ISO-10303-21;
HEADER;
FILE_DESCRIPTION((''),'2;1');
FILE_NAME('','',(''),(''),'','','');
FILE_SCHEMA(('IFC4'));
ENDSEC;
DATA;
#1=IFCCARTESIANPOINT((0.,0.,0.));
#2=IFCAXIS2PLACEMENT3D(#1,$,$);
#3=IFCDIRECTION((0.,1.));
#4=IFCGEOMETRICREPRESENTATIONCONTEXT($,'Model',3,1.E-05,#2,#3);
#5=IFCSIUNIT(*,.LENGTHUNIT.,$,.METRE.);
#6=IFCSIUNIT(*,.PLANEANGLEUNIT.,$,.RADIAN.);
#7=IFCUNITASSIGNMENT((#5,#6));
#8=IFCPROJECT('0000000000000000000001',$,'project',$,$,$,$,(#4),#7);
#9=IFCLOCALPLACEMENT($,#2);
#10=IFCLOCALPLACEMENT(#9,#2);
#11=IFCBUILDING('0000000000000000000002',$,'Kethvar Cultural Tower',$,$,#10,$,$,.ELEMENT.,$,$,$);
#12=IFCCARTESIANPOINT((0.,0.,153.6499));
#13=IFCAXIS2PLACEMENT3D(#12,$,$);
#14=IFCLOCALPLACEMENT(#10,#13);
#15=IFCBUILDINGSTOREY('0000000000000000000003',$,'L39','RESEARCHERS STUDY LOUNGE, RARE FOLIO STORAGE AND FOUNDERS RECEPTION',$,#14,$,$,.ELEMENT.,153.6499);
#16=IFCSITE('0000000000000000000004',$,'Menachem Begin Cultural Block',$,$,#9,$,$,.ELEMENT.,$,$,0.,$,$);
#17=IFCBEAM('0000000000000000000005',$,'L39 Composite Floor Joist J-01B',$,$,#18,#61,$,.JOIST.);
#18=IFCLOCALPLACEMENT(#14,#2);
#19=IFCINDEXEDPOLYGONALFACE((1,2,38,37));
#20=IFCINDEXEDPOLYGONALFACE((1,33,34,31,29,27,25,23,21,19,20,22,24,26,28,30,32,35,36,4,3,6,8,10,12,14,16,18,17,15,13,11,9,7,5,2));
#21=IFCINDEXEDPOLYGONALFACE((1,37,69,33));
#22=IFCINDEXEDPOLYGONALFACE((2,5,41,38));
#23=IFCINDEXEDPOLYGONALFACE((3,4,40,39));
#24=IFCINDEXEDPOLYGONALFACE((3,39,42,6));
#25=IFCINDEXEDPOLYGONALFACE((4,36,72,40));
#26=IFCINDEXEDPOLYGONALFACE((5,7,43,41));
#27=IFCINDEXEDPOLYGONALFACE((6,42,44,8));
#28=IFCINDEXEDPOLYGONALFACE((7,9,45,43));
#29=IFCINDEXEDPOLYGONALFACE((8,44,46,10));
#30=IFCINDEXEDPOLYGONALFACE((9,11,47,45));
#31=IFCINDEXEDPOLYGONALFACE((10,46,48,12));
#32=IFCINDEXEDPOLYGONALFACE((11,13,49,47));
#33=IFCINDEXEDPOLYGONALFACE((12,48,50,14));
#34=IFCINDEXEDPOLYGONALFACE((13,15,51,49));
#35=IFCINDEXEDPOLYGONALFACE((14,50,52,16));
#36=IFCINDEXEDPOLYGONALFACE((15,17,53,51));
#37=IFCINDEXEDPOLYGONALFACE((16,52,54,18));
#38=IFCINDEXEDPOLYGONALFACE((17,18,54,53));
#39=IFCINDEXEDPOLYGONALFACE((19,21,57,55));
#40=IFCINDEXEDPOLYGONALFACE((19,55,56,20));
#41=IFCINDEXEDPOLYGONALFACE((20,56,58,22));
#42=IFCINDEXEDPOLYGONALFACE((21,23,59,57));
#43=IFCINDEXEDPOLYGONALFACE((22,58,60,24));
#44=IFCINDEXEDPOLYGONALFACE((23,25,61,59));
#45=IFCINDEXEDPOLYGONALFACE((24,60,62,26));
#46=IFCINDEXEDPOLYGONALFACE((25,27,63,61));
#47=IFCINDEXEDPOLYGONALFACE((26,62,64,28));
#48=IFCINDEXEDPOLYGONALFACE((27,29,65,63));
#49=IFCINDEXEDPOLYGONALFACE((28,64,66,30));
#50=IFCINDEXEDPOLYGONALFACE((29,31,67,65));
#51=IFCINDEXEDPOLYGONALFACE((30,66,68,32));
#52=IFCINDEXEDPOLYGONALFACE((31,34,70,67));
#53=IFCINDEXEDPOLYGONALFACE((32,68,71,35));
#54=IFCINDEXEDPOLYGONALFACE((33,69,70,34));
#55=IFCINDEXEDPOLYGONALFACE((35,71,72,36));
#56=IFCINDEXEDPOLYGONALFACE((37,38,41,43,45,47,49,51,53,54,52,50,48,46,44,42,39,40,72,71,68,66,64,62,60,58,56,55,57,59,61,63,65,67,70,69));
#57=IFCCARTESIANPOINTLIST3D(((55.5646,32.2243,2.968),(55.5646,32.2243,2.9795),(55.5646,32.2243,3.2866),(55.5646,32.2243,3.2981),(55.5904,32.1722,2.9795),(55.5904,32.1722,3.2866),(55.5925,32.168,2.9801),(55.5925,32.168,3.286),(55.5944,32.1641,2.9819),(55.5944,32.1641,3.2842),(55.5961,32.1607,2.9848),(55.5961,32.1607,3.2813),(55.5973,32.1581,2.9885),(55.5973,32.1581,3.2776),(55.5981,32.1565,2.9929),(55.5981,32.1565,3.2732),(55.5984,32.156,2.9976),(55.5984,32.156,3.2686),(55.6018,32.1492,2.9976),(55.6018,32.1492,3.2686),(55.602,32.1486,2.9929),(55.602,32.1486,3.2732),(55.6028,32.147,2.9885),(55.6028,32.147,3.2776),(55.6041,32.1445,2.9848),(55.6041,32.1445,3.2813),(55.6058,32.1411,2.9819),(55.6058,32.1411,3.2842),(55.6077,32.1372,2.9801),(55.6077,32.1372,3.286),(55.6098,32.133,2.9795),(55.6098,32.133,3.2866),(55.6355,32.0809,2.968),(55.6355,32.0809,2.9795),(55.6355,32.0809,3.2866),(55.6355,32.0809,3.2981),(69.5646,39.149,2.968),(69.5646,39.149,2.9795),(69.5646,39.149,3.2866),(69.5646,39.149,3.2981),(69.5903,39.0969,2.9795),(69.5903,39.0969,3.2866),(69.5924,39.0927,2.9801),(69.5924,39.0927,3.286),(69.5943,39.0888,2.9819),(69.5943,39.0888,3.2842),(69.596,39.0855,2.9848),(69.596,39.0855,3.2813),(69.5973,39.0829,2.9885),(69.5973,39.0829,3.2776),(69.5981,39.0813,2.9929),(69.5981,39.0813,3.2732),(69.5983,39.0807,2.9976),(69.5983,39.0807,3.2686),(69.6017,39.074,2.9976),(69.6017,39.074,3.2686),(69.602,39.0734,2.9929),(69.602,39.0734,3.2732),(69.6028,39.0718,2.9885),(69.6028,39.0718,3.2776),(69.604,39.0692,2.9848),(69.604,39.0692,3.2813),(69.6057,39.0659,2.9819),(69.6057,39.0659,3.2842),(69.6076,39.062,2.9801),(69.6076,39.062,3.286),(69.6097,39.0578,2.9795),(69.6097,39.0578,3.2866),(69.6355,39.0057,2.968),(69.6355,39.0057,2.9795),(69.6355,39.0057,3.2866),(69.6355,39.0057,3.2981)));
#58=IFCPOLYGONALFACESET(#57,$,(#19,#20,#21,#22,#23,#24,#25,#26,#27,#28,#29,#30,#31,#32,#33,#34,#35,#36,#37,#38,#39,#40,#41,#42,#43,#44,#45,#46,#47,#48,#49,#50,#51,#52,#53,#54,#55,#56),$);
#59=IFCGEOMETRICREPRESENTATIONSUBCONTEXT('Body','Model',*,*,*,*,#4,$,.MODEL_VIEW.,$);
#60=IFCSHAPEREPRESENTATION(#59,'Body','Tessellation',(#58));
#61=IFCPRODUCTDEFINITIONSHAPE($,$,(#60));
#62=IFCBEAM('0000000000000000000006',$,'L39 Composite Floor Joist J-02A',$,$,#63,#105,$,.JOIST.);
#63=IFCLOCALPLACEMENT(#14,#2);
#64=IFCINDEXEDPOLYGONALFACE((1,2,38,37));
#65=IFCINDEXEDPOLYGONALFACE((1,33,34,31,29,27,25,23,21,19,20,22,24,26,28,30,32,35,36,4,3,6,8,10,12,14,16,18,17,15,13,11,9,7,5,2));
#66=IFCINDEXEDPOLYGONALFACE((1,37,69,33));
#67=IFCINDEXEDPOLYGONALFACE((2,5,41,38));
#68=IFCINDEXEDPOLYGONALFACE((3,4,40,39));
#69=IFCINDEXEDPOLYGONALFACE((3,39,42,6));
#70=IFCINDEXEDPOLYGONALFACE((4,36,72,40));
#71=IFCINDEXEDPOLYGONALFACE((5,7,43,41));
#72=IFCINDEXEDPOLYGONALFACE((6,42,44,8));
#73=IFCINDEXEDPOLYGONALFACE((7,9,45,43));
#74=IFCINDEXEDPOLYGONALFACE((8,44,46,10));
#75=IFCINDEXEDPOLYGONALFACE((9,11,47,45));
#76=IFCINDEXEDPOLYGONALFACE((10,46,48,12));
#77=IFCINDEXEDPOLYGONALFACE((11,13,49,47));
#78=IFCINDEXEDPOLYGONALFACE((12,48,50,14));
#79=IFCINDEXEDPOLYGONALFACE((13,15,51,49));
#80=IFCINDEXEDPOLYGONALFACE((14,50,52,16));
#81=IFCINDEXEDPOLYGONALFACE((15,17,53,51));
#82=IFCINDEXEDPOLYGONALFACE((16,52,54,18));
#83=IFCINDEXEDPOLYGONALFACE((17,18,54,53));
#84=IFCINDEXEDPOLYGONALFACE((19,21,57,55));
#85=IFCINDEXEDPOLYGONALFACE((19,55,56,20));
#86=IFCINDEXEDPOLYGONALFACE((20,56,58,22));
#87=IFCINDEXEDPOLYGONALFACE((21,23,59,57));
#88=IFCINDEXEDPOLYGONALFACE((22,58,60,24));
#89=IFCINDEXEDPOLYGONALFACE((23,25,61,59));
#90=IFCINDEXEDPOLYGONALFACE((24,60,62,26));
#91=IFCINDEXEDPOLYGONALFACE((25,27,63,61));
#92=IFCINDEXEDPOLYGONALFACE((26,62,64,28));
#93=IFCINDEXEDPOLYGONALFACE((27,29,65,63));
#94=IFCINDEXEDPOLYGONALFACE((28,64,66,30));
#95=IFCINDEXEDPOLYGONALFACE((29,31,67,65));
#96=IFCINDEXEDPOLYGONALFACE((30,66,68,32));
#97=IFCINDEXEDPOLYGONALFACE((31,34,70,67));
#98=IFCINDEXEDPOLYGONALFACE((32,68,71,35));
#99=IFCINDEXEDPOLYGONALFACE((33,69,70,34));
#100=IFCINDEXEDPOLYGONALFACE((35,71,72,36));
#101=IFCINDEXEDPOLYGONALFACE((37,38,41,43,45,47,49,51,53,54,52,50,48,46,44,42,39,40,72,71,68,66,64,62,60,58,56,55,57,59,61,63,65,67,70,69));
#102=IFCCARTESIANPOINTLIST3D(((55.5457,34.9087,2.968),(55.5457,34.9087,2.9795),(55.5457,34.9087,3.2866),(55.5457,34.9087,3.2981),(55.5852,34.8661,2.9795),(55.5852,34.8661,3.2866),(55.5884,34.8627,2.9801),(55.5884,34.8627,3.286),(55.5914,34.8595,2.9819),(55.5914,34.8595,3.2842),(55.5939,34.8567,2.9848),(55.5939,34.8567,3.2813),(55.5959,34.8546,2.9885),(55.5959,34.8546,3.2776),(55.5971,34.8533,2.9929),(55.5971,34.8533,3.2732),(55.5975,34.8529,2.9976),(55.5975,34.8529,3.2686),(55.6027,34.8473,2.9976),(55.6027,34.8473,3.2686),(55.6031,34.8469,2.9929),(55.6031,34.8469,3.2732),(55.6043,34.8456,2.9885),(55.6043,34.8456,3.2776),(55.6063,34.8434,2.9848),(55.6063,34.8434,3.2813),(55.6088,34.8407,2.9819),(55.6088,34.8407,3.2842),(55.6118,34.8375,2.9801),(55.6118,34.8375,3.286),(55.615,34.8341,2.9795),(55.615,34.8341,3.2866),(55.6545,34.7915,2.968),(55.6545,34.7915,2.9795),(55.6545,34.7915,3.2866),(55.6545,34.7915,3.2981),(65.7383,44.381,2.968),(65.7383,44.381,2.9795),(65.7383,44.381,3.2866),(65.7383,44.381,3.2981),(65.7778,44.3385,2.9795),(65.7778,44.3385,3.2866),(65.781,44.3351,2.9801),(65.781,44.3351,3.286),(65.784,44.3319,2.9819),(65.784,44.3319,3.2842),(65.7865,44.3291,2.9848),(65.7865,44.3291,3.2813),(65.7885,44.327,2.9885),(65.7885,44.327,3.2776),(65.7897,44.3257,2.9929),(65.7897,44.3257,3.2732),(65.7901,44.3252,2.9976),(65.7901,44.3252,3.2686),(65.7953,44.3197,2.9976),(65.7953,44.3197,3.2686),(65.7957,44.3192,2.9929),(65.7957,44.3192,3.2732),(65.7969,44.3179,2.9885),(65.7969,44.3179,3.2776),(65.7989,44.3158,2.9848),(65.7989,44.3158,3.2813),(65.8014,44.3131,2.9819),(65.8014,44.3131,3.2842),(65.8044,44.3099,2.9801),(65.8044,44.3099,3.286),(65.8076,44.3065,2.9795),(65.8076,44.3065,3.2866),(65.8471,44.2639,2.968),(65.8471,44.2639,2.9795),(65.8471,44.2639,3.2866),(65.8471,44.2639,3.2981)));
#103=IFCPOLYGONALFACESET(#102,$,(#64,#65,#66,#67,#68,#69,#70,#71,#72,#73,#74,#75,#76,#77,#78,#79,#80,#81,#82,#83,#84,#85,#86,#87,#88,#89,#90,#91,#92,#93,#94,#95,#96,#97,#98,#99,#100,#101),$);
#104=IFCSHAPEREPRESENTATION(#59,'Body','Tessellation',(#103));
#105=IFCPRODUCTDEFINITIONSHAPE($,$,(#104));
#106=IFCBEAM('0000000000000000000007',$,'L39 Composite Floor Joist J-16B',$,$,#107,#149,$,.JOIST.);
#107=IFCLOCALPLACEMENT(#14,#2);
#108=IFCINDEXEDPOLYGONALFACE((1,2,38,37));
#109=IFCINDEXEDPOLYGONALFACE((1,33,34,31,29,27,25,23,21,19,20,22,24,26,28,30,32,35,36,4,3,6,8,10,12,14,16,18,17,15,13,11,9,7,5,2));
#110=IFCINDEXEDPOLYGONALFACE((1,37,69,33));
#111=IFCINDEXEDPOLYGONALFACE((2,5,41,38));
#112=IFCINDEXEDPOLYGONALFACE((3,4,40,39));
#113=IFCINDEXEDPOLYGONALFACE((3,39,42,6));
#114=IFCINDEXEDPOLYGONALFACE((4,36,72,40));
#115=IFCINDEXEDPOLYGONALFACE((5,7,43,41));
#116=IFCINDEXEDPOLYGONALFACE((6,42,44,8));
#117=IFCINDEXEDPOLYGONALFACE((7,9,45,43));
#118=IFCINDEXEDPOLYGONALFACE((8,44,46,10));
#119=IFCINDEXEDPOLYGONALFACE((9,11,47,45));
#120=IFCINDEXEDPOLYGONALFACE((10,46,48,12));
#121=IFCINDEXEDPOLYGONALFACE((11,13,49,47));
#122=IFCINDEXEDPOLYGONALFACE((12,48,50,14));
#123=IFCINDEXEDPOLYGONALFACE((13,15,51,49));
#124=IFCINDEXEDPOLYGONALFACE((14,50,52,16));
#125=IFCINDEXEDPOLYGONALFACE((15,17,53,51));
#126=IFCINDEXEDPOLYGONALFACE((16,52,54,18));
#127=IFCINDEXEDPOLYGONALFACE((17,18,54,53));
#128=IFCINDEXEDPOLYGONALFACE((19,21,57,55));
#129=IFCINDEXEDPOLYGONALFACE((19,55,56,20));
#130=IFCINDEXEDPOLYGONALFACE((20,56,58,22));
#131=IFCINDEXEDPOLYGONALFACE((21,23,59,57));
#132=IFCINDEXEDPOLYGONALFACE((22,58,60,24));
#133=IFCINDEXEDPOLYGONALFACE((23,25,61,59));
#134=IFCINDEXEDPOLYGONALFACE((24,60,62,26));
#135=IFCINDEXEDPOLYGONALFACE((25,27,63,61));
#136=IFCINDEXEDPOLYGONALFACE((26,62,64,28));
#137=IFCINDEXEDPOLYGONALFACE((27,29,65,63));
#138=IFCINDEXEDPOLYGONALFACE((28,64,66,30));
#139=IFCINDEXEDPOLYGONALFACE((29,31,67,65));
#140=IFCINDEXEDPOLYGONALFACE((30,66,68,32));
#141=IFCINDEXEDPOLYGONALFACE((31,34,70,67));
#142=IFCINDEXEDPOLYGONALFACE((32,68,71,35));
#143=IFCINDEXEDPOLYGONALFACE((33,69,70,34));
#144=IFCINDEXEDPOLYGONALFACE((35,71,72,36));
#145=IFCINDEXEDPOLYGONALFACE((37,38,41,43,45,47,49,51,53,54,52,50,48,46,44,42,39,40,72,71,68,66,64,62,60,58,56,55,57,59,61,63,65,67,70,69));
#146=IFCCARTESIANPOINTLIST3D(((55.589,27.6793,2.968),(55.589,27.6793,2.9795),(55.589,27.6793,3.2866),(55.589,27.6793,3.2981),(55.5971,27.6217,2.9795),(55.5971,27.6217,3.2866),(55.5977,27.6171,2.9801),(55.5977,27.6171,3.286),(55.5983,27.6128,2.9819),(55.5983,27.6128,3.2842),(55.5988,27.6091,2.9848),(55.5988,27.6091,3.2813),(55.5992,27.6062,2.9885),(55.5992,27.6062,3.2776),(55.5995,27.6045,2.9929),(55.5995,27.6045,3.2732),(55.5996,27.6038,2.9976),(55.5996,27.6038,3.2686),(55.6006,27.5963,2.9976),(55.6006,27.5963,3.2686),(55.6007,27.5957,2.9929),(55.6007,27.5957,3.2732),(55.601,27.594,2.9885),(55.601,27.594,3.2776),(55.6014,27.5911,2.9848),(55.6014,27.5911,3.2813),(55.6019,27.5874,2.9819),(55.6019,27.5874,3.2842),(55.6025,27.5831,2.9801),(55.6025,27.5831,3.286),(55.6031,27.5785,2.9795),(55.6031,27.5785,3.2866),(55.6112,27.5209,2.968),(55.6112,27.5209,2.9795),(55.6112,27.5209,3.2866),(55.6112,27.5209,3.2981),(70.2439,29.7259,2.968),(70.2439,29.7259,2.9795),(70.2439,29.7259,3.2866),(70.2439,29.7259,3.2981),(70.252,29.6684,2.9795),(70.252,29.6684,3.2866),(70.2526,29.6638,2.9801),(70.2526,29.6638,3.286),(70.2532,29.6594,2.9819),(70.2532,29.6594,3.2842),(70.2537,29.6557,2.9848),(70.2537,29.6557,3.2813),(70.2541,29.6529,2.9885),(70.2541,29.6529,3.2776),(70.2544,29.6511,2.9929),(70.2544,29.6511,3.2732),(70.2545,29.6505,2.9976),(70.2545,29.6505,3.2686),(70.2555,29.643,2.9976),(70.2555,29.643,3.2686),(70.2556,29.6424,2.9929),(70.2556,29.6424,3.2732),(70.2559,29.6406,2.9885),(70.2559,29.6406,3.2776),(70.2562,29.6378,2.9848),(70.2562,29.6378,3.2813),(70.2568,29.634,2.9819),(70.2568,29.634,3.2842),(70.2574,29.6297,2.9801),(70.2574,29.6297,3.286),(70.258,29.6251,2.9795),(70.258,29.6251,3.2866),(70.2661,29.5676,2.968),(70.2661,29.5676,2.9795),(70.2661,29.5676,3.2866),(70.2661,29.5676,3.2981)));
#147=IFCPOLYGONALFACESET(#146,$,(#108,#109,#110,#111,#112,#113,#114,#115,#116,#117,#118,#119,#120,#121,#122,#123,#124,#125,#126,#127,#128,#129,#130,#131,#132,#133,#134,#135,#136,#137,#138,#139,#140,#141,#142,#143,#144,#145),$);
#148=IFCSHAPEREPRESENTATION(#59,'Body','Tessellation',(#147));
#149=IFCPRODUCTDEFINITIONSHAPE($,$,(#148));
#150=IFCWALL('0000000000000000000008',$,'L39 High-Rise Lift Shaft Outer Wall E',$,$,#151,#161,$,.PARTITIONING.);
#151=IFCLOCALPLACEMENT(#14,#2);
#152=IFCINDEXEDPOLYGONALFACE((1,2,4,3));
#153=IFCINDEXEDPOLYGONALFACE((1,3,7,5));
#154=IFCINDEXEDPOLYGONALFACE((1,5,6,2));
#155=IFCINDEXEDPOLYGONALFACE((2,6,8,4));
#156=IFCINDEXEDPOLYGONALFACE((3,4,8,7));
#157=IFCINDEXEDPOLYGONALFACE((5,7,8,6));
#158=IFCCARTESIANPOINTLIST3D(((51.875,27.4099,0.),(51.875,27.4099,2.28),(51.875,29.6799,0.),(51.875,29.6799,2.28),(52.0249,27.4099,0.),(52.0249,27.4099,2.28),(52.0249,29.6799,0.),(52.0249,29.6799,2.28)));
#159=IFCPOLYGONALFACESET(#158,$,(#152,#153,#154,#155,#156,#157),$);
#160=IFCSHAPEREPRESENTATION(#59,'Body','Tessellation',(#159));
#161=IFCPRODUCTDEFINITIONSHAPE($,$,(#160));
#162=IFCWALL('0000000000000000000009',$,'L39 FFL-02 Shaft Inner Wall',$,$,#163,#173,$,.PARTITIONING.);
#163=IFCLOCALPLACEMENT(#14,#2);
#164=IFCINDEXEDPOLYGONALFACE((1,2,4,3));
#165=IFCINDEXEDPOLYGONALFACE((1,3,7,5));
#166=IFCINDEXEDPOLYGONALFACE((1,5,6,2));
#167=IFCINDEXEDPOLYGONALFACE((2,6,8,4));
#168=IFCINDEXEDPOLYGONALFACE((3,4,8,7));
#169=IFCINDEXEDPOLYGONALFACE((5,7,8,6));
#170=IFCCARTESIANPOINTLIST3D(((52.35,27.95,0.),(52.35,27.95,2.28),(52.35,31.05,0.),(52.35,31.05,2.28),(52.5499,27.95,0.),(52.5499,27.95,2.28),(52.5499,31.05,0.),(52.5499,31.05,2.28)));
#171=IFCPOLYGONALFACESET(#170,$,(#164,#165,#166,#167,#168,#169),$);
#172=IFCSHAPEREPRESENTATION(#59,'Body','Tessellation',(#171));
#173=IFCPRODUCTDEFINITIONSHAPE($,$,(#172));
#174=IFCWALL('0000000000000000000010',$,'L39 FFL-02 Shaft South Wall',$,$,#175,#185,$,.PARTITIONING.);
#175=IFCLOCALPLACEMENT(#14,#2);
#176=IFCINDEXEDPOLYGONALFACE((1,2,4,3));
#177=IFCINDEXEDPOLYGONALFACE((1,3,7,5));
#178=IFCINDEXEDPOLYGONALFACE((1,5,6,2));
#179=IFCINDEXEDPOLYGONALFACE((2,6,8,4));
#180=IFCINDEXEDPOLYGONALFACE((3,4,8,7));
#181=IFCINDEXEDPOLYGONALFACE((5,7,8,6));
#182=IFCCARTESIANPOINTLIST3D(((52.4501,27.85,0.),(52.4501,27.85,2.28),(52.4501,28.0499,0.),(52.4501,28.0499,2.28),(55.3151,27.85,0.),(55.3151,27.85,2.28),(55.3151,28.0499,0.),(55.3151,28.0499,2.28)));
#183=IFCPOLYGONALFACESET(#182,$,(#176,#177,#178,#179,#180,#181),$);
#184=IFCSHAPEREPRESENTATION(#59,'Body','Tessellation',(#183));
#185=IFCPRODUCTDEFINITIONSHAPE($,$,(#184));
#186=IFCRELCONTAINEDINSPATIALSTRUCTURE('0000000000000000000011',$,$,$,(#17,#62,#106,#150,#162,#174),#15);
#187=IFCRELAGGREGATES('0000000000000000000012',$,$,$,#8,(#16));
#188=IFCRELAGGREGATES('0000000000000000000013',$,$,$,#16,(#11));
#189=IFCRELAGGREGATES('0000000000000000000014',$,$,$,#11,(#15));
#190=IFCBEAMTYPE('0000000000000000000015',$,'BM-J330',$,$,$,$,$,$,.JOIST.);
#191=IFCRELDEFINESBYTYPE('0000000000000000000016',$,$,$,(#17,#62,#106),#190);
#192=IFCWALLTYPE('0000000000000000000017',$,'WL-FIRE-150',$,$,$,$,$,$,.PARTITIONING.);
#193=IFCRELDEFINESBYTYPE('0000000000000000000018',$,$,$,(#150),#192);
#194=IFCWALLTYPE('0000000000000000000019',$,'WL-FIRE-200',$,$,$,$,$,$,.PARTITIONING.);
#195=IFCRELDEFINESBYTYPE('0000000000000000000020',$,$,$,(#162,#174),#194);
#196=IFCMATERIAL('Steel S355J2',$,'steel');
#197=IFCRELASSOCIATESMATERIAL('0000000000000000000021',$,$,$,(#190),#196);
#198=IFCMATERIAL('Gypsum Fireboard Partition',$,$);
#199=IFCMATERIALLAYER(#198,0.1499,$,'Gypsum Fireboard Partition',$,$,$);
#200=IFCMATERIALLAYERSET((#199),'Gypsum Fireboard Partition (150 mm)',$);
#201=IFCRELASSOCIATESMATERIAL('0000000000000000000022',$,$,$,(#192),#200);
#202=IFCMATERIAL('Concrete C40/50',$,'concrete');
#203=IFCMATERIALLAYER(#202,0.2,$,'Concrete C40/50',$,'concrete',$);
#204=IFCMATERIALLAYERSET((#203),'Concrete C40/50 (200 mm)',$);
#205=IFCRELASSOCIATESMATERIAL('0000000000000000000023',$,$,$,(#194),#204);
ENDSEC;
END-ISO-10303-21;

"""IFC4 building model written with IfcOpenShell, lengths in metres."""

from ifc_helpers import new_model, si_unit, direction, frame, frame_2d, origin, origin_2d, place, context, subcontext, project, spatial, rectangle, i_section, extrude, source, transform, mapped, material, layer, layer_set, material_profile, profile_set, type_object, element, save


model = new_model("IFC4")

# Units and contexts
model_context = context("Model", 3, precision=1e-05, world=origin(), true_north=direction((0.0, 1.0)))
body_context = subcontext(model_context, "Body", "Model", "MODEL_VIEW")
ifc_project = project(units=[si_unit("LENGTHUNIT", "METRE"), si_unit("PLANEANGLEUNIT", "RADIAN")], contexts=[model_context])

# Site, building, storey
site_placement = place(None, origin())
site = spatial("IfcSite", under=ifc_project, at=site_placement, Name="Menachem Begin Cultural Block", CompositionType="ELEMENT", RefElevation=0.0)
building_placement = place(site_placement, origin())
building = spatial("IfcBuilding", under=site, at=building_placement, Name="Kethvar Cultural Tower", CompositionType="ELEMENT")
storey_placement = place(building_placement, frame((0.0, 0.0, 153.6499)))
storey = spatial("IfcBuildingStorey", under=building, at=storey_placement, Name="L39", Description="RESEARCHERS STUDY LOUNGE, RARE FOLIO STORAGE AND FOUNDERS RECEPTION", CompositionType="ELEMENT", Elevation=153.6499)

# Beams
ifc_material_1 = material(Name="Steel S355J2", Category="steel")
ifc_material_profile_1 = material_profile(ifc_material_1, i_section(OverallWidth=0.1599, OverallDepth=0.3301, WebThickness=0.0076, FlangeThickness=0.0115, FilletRadius=0.0181, at=origin_2d()), Name="Steel S355J2 — IPE330")
ifc_profile_set_1 = profile_set([ifc_material_profile_1], Name="Steel S355J2 — IPE330")
beam_type_1 = type_object("IfcBeamType", Name="BM-J330", PredefinedType="JOIST", material=ifc_profile_set_1)
shared_shape_1 = source(origin(), body_context, "Body", "SweptSolid", [
    extrude(i_section(OverallWidth=0.1599, OverallDepth=0.3301, WebThickness=0.0076, FlangeThickness=0.0115, FilletRadius=0.0181, at=origin_2d()), origin(), (0.0, 0.0, 1.0), 15.6189),
])
beam_1_placement = place(storey_placement, frame((55.6001, 32.1526, 3.1331), z_axis=(0.896345, 0.443358, 0.0), x_axis=(-0.443358, 0.896345, 0.0)))
element("IfcBeam", 1, at=beam_1_placement, inside=storey, type_object=beam_type_1, Name="L39 Composite Floor Joist J-01B", PredefinedType="JOIST", context=body_context, shape_type="MappedRepresentation", body=[
    mapped(shared_shape_1, transform((0.0, 0.0, 0.0), scale=1.0)),
])
shared_shape_2 = source(origin(), body_context, "Body", "SweptSolid", [
    extrude(i_section(OverallWidth=0.1599, OverallDepth=0.3301, WebThickness=0.0076, FlangeThickness=0.0115, FilletRadius=0.0181, at=origin_2d()), origin(), (0.0, 0.0, 1.0), 13.9146),
])
beam_2_placement = place(storey_placement, frame((55.6001, 34.8501, 3.1331), z_axis=(0.732513, 0.680753, 0.0), x_axis=(-0.680753, 0.732513, 0.0)))
element("IfcBeam", 2, at=beam_2_placement, inside=storey, type_object=beam_type_1, Name="L39 Composite Floor Joist J-02A", PredefinedType="JOIST", context=body_context, shape_type="MappedRepresentation", body=[
    mapped(shared_shape_2, transform((0.0, 0.0, 0.0), scale=1.0)),
])
shared_shape_3 = source(origin(), body_context, "Body", "SweptSolid", [
    extrude(i_section(OverallWidth=0.1599, OverallDepth=0.3301, WebThickness=0.0076, FlangeThickness=0.0115, FilletRadius=0.0181, at=origin_2d()), origin(), (0.0, 0.0, 1.0), 14.7971),
])
beam_3_placement = place(storey_placement, frame((55.6001, 27.6001, 3.1331), z_axis=(0.990388, 0.138314, 0.0), x_axis=(-0.138314, 0.990388, 0.0)))
element("IfcBeam", 3, at=beam_3_placement, inside=storey, type_object=beam_type_1, Name="L39 Composite Floor Joist J-16B", PredefinedType="JOIST", context=body_context, shape_type="MappedRepresentation", body=[
    mapped(shared_shape_3, transform((0.0, 0.0, 0.0), scale=1.0)),
])

# Walls
ifc_material_2 = material(Name="Gypsum Fireboard Partition")
ifc_layer_1 = layer(ifc_material_2, 0.1499, Name="Gypsum Fireboard Partition")
ifc_layer_set_1 = layer_set([ifc_layer_1], Name="Gypsum Fireboard Partition (150 mm)")
wall_type_1 = type_object("IfcWallType", Name="WL-FIRE-150", PredefinedType="PARTITIONING", material=ifc_layer_set_1)
wall_1_placement = place(storey_placement, frame((51.95, 27.4099, 0.0), z_axis=(0.0, 0.0, 1.0), x_axis=(0.0, 1.0, 0.0)))
element("IfcWall", 4, at=wall_1_placement, inside=storey, type_object=wall_type_1, Name="L39 High-Rise Lift Shaft Outer Wall E", PredefinedType="PARTITIONING", context=body_context, shape_type="SweptSolid", body=[
    extrude(rectangle(XDim=2.27, YDim=0.1499, at=frame_2d((1.135, 0.0))), origin(), (0.0, 0.0, 1.0), 2.28),
])
ifc_material_3 = material(Name="Concrete C40/50", Category="concrete")
ifc_layer_2 = layer(ifc_material_3, 0.2, Name="Concrete C40/50", Category="concrete")
ifc_layer_set_2 = layer_set([ifc_layer_2], Name="Concrete C40/50 (200 mm)")
wall_type_2 = type_object("IfcWallType", Name="WL-FIRE-200", PredefinedType="PARTITIONING", material=ifc_layer_set_2)
wall_2_placement = place(storey_placement, frame((52.45, 27.95, 0.0), z_axis=(0.0, 0.0, 1.0), x_axis=(0.0, 1.0, 0.0)))
element("IfcWall", 5, at=wall_2_placement, inside=storey, type_object=wall_type_2, Name="L39 FFL-02 Shaft Inner Wall", PredefinedType="PARTITIONING", context=body_context, shape_type="SweptSolid", body=[
    extrude(rectangle(XDim=3.1001, YDim=0.2, at=frame_2d((1.55, 0.0))), origin(), (0.0, 0.0, 1.0), 2.28),
])
for number, where, z_axis, x_axis, name in (
    (6, (52.45, 27.95, 0.0), (0.0, 0.0, 1.0), (1.0, 0.0, 0.0), "L39 FFL-02 Shaft South Wall"),
):
    element("IfcWall", number, at=place(storey_placement, frame(where, z_axis=z_axis, x_axis=x_axis)), inside=storey, type_object=wall_type_2, Name=name, PredefinedType="PARTITIONING", context=body_context, shape_type="SweptSolid", body=[
        extrude(rectangle(XDim=2.865, YDim=0.2, at=frame_2d((1.4326, 0.0))), origin(), (0.0, 0.0, 1.0), 2.28),
    ])

save(model, "model.ifc")
